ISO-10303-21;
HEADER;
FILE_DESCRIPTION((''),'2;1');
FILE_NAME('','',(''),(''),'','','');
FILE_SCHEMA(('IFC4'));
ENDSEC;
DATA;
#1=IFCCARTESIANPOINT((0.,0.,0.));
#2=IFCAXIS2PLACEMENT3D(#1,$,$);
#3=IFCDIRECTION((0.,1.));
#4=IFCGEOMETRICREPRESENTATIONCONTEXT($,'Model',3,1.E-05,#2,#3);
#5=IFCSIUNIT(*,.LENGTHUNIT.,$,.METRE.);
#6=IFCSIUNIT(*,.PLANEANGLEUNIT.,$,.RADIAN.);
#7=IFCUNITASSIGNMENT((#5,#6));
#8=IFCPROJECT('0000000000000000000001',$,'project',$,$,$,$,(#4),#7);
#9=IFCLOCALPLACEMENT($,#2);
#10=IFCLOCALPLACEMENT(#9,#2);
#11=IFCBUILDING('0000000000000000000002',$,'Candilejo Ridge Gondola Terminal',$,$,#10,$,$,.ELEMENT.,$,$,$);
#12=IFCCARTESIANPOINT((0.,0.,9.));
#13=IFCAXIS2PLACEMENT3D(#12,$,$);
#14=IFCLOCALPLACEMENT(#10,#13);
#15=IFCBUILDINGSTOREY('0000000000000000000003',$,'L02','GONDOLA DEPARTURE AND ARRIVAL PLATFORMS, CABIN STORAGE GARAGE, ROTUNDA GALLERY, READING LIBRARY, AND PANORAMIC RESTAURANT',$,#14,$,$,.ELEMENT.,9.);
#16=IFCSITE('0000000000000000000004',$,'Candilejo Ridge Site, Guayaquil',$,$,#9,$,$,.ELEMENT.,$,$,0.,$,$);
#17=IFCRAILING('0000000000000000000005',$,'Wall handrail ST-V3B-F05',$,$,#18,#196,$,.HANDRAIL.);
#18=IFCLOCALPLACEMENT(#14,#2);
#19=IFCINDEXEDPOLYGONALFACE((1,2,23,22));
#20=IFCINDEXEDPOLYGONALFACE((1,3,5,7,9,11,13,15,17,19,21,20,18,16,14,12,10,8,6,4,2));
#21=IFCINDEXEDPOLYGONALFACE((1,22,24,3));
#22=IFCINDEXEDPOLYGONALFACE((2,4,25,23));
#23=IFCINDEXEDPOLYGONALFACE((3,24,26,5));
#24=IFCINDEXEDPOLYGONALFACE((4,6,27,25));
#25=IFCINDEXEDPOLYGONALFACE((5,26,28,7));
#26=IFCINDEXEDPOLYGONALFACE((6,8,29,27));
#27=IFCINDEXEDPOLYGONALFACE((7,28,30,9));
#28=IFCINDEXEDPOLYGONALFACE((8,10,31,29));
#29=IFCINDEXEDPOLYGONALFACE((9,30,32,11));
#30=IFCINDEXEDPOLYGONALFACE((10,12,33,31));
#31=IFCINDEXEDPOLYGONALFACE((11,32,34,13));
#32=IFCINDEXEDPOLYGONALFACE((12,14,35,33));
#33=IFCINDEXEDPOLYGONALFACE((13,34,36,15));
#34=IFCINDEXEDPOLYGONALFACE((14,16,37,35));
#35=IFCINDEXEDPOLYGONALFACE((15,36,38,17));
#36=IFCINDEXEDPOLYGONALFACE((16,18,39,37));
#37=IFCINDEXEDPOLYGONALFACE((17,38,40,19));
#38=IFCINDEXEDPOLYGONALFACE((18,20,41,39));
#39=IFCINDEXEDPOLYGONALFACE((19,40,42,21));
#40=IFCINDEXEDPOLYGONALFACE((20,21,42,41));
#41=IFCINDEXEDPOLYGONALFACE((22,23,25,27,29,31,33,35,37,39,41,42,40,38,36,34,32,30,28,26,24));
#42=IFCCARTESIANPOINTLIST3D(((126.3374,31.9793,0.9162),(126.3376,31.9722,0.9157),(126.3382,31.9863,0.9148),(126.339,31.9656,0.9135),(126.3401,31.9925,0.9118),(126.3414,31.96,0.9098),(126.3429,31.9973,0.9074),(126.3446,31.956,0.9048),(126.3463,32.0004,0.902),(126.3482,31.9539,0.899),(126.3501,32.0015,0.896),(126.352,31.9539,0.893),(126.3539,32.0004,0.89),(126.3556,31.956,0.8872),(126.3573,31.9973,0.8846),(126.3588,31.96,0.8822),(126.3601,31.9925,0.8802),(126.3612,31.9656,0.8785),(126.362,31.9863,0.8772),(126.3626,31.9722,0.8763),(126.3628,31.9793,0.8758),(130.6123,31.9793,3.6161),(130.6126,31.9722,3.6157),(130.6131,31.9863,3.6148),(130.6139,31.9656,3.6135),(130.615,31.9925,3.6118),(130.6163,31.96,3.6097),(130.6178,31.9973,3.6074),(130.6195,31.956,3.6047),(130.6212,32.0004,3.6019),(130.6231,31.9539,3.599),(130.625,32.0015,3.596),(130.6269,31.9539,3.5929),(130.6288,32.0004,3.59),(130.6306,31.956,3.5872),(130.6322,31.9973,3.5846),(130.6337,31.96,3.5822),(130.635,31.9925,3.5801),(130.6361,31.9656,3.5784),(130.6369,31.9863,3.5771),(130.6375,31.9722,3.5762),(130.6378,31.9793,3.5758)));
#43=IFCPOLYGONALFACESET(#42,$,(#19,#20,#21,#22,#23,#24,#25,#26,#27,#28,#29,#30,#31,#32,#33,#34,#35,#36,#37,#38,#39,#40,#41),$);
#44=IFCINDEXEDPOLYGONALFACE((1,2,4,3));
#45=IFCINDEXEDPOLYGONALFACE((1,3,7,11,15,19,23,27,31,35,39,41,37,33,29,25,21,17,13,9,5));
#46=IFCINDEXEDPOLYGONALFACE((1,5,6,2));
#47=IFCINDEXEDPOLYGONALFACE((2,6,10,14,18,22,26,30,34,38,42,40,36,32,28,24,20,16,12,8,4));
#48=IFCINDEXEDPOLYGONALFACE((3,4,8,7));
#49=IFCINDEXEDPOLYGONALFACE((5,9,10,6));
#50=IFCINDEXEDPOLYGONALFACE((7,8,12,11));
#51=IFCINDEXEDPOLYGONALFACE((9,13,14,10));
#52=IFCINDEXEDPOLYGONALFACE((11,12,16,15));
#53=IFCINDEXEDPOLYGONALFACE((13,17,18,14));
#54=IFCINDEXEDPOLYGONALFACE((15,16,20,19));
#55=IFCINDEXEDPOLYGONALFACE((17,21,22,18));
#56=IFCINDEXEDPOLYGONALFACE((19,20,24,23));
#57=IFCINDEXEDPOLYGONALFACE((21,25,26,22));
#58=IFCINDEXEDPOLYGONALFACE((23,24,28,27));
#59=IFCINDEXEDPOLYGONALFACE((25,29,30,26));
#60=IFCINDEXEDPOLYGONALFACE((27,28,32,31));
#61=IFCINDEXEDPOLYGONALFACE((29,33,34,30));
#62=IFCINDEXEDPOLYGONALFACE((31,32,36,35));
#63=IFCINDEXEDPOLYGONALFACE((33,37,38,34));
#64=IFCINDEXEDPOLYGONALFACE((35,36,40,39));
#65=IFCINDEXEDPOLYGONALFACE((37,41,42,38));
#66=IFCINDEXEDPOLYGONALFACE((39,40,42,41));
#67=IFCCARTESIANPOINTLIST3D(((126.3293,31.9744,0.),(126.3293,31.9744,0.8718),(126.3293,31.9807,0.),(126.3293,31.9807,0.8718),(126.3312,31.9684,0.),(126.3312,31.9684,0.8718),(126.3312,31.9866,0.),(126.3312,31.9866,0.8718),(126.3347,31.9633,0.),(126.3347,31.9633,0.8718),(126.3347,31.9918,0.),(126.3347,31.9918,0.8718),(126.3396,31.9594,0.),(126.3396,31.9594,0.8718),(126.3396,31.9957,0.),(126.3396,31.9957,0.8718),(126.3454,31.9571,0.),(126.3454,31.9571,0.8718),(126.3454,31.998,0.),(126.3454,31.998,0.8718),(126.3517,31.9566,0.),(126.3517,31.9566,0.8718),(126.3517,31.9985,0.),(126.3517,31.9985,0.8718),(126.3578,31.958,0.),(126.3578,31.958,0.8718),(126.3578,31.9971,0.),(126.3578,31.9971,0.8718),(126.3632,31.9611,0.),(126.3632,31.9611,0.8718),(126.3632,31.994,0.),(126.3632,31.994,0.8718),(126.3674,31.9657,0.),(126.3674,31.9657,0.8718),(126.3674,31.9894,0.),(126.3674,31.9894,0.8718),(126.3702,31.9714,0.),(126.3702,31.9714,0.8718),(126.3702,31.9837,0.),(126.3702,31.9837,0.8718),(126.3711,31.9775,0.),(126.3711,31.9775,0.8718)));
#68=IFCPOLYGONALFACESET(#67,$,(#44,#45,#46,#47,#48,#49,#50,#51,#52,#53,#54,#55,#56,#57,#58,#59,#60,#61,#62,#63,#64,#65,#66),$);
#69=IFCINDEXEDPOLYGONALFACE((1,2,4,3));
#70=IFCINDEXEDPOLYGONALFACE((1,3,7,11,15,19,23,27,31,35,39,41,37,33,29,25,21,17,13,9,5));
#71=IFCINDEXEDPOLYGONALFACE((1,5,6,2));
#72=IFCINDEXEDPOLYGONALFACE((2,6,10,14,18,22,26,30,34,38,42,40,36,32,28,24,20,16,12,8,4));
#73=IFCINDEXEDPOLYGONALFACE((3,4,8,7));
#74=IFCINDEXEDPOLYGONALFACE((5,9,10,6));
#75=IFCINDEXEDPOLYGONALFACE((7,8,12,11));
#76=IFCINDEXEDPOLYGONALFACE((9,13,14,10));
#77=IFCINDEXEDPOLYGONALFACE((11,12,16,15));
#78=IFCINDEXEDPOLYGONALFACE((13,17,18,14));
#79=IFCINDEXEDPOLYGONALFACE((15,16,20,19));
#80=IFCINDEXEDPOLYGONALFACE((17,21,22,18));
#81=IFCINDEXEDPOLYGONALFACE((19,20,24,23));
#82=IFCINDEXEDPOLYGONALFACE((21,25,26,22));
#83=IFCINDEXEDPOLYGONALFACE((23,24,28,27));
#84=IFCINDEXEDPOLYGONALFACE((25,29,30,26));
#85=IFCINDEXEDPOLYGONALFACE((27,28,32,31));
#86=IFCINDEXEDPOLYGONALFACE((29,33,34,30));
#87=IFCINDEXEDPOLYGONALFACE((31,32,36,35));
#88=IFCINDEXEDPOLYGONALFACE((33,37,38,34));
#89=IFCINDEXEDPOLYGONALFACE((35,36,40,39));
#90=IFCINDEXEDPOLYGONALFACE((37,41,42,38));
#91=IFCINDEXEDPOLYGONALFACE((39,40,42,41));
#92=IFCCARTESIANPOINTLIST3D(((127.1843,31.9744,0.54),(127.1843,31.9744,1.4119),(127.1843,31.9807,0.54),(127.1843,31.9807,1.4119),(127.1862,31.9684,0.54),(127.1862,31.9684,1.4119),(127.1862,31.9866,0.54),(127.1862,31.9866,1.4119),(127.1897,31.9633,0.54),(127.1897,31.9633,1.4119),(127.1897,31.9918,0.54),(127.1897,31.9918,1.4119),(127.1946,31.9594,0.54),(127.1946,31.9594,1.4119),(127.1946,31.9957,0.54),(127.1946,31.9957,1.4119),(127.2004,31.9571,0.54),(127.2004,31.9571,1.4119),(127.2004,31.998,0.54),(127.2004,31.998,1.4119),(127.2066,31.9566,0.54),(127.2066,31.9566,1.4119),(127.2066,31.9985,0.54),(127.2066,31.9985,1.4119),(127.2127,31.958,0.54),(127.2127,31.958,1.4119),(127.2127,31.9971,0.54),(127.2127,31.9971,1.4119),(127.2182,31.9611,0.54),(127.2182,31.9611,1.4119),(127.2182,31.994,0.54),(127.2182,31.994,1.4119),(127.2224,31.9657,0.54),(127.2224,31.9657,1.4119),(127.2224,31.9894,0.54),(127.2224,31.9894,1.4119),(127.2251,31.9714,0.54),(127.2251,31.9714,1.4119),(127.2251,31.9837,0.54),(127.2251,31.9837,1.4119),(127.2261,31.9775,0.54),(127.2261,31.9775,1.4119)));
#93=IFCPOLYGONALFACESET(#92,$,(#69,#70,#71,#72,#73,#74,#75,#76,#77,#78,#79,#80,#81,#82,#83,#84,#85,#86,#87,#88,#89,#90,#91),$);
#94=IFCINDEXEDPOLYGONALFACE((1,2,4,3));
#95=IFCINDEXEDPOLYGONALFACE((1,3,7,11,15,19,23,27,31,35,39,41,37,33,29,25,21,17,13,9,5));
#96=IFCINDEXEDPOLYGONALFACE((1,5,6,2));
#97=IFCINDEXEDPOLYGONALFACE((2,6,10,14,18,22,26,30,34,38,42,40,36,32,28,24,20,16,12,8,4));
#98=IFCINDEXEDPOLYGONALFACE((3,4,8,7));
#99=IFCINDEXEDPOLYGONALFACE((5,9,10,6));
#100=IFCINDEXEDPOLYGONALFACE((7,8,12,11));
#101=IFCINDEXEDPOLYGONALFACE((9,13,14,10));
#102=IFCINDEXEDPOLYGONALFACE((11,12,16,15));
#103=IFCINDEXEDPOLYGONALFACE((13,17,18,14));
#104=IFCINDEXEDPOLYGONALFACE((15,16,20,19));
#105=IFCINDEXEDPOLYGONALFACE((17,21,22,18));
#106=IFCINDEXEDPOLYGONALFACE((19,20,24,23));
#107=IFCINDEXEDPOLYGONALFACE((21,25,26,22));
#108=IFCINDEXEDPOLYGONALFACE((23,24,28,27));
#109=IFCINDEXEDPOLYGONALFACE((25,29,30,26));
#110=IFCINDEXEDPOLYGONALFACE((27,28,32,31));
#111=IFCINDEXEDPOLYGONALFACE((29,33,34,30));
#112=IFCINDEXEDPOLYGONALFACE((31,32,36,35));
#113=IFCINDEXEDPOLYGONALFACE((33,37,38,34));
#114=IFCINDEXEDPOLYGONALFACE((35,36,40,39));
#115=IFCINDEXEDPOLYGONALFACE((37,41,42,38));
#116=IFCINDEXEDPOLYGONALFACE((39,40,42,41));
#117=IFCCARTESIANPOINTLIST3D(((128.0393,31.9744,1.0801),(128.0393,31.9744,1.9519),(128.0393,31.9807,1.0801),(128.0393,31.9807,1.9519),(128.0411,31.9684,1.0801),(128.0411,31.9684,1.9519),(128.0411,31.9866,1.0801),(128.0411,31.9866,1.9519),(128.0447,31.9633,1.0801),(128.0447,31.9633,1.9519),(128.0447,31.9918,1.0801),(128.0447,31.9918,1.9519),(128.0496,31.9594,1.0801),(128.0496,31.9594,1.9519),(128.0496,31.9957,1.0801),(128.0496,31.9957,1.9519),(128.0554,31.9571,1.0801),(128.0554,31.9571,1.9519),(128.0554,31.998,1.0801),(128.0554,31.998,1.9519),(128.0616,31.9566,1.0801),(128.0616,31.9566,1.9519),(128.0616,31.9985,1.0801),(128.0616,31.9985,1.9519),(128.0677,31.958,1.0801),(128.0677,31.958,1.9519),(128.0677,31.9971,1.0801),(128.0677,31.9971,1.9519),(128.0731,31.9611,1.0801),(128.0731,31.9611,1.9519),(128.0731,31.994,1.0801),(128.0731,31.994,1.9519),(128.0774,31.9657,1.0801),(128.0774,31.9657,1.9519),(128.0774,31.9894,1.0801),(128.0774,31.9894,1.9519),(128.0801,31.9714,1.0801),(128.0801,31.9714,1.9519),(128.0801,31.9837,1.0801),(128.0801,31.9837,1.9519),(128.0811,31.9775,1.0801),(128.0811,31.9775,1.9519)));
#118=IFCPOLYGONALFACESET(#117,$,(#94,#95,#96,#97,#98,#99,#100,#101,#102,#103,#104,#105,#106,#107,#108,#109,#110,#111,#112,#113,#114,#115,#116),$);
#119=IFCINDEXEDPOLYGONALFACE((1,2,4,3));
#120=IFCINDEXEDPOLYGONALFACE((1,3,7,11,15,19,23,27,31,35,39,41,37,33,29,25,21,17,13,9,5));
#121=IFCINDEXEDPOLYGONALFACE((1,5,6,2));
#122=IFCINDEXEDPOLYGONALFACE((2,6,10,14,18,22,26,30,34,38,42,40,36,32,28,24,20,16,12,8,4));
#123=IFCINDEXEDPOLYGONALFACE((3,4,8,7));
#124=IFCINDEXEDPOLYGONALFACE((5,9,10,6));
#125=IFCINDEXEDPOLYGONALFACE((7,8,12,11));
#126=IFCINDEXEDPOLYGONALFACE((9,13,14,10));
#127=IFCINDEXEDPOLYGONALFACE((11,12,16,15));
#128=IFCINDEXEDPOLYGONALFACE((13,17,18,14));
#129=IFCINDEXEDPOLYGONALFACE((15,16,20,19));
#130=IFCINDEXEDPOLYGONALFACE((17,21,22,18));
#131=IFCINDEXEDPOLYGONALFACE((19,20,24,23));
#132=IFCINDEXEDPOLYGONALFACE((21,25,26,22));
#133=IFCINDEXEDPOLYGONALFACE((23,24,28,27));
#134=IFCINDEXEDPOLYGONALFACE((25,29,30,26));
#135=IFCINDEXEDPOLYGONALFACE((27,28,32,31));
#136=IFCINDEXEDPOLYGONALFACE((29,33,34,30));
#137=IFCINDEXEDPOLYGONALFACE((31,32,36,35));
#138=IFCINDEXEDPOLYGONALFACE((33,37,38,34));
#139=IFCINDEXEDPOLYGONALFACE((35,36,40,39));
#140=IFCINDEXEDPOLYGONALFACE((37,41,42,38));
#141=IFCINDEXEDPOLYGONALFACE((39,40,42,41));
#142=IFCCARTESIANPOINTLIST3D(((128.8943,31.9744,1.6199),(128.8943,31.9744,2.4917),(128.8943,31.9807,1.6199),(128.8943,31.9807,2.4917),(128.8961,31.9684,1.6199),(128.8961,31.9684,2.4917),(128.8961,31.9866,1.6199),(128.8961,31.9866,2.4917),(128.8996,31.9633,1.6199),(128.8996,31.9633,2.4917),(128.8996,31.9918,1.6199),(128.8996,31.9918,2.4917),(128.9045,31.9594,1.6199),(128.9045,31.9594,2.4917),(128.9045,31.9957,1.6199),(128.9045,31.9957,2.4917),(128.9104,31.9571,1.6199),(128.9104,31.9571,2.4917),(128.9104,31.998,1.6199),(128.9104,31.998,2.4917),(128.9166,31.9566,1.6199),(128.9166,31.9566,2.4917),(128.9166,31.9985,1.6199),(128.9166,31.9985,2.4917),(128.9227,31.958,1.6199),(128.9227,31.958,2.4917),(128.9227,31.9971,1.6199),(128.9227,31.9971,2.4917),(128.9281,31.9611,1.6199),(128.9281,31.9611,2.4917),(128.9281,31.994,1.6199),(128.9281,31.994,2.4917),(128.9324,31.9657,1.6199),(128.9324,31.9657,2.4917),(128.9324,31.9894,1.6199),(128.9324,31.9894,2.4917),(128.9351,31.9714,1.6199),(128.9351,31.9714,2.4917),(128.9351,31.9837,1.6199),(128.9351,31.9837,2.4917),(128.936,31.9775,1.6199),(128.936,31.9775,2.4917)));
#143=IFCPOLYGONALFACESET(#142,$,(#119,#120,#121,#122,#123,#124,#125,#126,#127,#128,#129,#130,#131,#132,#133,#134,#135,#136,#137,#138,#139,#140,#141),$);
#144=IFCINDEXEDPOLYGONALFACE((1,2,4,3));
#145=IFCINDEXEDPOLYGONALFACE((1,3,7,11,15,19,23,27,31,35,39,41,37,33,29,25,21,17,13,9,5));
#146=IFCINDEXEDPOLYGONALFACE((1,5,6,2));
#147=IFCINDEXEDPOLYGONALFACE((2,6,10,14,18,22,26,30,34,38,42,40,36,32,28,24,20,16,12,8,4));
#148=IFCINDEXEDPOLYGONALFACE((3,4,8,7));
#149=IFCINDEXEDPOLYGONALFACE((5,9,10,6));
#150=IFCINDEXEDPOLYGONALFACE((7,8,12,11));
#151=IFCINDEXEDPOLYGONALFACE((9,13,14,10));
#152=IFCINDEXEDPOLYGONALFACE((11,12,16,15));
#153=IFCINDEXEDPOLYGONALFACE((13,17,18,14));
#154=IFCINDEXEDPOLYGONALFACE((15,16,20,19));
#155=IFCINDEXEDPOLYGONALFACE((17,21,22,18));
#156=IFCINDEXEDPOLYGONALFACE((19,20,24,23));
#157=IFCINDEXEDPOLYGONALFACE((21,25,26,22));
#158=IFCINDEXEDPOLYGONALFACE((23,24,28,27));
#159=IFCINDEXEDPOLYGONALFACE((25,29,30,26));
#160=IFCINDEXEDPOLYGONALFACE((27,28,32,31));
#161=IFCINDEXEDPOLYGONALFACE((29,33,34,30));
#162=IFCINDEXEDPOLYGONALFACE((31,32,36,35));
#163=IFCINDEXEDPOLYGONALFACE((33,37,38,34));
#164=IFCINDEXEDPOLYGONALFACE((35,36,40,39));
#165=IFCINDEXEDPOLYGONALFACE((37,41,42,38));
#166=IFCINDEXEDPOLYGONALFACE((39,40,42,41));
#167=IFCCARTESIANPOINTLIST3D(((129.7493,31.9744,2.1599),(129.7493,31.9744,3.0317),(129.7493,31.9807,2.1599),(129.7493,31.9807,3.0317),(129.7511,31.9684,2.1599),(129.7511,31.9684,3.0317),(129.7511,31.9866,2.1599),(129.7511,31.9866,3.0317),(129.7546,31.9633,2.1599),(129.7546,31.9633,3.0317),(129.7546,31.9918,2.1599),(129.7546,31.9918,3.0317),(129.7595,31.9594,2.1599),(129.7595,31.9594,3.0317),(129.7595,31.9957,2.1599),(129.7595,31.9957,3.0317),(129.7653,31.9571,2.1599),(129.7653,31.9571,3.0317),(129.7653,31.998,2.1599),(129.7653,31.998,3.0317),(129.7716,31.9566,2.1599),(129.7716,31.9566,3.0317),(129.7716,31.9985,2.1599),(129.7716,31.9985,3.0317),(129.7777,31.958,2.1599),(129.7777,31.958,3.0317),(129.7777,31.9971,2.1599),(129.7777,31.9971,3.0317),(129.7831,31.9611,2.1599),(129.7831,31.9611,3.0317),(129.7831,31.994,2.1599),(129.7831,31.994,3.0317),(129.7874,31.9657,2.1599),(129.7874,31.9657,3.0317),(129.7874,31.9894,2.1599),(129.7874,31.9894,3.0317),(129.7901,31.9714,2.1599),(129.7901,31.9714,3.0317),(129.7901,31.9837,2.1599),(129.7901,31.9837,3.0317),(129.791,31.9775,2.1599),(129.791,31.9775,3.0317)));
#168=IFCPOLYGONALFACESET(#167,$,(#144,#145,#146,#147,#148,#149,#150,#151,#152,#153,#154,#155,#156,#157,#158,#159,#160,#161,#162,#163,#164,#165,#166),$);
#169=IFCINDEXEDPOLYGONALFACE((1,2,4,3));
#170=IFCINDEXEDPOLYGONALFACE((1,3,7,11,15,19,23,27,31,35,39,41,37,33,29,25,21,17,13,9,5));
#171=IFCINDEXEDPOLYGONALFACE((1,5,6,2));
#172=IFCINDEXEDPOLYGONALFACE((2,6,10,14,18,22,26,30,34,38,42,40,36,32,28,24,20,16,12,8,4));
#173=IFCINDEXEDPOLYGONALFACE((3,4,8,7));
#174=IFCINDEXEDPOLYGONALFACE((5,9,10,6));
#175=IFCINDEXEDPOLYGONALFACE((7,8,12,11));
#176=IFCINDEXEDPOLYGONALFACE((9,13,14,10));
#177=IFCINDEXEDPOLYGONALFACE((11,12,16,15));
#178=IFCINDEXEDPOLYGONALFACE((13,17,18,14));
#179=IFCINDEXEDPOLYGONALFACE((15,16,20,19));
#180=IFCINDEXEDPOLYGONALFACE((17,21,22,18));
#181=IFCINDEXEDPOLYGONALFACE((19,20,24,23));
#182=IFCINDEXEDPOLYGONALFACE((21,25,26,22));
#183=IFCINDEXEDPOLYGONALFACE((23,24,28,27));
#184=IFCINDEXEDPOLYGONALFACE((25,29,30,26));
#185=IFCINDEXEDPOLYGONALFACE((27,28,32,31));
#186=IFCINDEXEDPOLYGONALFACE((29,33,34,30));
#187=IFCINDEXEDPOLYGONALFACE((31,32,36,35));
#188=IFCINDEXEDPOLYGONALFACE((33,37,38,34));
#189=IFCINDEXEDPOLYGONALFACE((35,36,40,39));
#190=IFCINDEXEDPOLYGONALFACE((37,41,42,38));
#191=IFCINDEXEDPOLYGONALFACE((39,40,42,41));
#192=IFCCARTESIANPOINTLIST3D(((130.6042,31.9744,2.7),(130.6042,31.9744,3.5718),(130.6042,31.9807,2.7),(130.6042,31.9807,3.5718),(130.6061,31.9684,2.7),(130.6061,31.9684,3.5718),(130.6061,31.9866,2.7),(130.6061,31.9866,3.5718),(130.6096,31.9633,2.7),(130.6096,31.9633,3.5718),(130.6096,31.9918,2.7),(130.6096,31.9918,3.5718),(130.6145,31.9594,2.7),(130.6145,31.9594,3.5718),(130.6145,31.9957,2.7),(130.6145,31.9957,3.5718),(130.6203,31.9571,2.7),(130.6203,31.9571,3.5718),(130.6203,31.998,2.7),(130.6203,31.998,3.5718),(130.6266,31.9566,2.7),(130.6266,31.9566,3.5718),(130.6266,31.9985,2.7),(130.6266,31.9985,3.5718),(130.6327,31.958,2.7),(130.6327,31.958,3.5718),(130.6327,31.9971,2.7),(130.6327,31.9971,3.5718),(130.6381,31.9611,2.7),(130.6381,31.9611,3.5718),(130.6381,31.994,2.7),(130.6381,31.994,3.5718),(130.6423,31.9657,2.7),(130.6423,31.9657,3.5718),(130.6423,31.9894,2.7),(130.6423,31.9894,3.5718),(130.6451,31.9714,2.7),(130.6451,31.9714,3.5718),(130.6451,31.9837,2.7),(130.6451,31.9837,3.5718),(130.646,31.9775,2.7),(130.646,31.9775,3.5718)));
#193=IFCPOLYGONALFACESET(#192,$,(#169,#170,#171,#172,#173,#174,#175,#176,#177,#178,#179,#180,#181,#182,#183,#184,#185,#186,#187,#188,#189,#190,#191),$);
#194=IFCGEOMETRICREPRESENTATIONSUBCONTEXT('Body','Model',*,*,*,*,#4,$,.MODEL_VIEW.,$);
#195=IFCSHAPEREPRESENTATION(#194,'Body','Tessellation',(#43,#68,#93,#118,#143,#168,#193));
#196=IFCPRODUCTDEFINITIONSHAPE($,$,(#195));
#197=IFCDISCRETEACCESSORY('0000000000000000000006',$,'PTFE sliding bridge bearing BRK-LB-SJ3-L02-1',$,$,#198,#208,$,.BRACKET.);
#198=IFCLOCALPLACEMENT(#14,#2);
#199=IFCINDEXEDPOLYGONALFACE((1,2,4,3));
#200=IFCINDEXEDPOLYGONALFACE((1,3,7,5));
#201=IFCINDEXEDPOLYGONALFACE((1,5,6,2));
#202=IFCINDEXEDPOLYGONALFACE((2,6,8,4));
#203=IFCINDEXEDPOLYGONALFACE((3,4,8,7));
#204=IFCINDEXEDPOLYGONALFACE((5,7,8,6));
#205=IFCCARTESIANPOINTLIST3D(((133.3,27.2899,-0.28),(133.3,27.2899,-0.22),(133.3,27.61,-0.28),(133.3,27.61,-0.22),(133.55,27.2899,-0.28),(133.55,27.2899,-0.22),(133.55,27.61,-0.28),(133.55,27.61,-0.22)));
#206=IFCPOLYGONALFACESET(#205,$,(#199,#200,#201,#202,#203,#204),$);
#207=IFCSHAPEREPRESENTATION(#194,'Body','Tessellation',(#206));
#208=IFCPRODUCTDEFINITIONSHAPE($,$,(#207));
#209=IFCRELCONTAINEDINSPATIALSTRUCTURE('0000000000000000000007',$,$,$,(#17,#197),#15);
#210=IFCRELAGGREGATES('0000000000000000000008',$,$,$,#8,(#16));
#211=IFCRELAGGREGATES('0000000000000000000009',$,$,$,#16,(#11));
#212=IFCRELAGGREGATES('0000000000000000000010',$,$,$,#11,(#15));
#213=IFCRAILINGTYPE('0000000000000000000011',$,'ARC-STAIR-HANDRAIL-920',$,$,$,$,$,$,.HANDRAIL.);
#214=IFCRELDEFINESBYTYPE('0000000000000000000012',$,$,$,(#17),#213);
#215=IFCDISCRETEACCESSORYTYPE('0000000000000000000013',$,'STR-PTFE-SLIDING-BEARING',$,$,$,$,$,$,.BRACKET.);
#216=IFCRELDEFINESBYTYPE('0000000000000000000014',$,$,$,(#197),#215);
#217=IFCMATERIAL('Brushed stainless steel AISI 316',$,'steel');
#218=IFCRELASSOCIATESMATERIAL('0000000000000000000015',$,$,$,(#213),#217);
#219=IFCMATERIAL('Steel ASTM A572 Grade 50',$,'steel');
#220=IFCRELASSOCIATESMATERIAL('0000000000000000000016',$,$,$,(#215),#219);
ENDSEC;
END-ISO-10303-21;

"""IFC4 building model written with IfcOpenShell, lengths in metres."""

from ifc_helpers import new_model, si_unit, direction, frame, origin, origin_2d, place, context, subcontext, project, spatial, rectangle, circle, extrude, material, type_object, element, save


model = new_model("IFC4")

# Units and contexts
model_context = context("Model", 3, precision=1e-05, world=origin(), true_north=direction((0.0, 1.0)))
body_context = subcontext(model_context, "Body", "Model", "MODEL_VIEW")
ifc_project = project(units=[si_unit("LENGTHUNIT", "METRE"), si_unit("PLANEANGLEUNIT", "RADIAN")], contexts=[model_context])

# Site, building, storey
site_placement = place(None, origin())
site = spatial("IfcSite", under=ifc_project, at=site_placement, Name="Candilejo Ridge Site, Guayaquil", CompositionType="ELEMENT", RefElevation=0.0)
building_placement = place(site_placement, origin())
building = spatial("IfcBuilding", under=site, at=building_placement, Name="Candilejo Ridge Gondola Terminal", CompositionType="ELEMENT")
storey_placement = place(building_placement, frame((0.0, 0.0, 9.0)))
storey = spatial("IfcBuildingStorey", under=building, at=storey_placement, Name="L02", Description="GONDOLA DEPARTURE AND ARRIVAL PLATFORMS, CABIN STORAGE GARAGE, ROTUNDA GALLERY, READING LIBRARY, AND PANORAMIC RESTAURANT", CompositionType="ELEMENT", Elevation=9.0)

# Railing
ifc_material_1 = material(Name="Brushed stainless steel AISI 316", Category="steel")
railing_type_1 = type_object("IfcRailingType", Name="ARC-STAIR-HANDRAIL-920", PredefinedType="HANDRAIL", material=ifc_material_1)
railing_1_placement = place(storey_placement, frame((126.3501, 31.9775, 0.0)))
element("IfcRailing", 1, at=railing_1_placement, inside=storey, type_object=railing_type_1, Name="Wall handrail ST-V3B-F05", PredefinedType="HANDRAIL", context=body_context, shape_type="SweptSolid", body=[
    extrude(circle(Radius=0.0239, at=origin_2d()), frame((0.0, 0.0, 0.896), z_axis=(0.845488, 0.0, 0.533995), x_axis=(0.0, 1.0, 0.0)), (0.0, 0.0, 1.0), 5.0562),
    extrude(circle(Radius=0.021, at=origin_2d()), origin(), (0.0, 0.0, 1.0), 0.8718),
    extrude(circle(Radius=0.021, at=origin_2d()), frame((0.855, 0.0, 0.54)), (0.0, 0.0, 1.0), 0.8718),
    extrude(circle(Radius=0.021, at=origin_2d()), frame((1.71, 0.0, 1.0801)), (0.0, 0.0, 1.0), 0.8718),
    extrude(circle(Radius=0.021, at=origin_2d()), frame((2.5649, 0.0, 1.6199)), (0.0, 0.0, 1.0), 0.8718),
    extrude(circle(Radius=0.021, at=origin_2d()), frame((3.4199, 0.0, 2.1599)), (0.0, 0.0, 1.0), 0.8718),
    extrude(circle(Radius=0.021, at=origin_2d()), frame((4.2749, 0.0, 2.7)), (0.0, 0.0, 1.0), 0.8718),
])

# Discrete accessory
ifc_material_2 = material(Name="Steel ASTM A572 Grade 50", Category="steel")
discrete_accessory_type = type_object("IfcDiscreteAccessoryType", Name="STR-PTFE-SLIDING-BEARING", PredefinedType="BRACKET", material=ifc_material_2)
discrete_accessory_placement = place(storey_placement, frame((133.425, 27.45, -0.28)))
element("IfcDiscreteAccessory", 2, at=discrete_accessory_placement, inside=storey, type_object=discrete_accessory_type, Name="PTFE sliding bridge bearing BRK-LB-SJ3-L02-1", PredefinedType="BRACKET", context=body_context, shape_type="SweptSolid", body=[
    extrude(rectangle(XDim=0.25, YDim=0.3201, at=origin_2d()), origin(), (0.0, 0.0, 1.0), 0.0601),
])

save(model, "model.ifc")
